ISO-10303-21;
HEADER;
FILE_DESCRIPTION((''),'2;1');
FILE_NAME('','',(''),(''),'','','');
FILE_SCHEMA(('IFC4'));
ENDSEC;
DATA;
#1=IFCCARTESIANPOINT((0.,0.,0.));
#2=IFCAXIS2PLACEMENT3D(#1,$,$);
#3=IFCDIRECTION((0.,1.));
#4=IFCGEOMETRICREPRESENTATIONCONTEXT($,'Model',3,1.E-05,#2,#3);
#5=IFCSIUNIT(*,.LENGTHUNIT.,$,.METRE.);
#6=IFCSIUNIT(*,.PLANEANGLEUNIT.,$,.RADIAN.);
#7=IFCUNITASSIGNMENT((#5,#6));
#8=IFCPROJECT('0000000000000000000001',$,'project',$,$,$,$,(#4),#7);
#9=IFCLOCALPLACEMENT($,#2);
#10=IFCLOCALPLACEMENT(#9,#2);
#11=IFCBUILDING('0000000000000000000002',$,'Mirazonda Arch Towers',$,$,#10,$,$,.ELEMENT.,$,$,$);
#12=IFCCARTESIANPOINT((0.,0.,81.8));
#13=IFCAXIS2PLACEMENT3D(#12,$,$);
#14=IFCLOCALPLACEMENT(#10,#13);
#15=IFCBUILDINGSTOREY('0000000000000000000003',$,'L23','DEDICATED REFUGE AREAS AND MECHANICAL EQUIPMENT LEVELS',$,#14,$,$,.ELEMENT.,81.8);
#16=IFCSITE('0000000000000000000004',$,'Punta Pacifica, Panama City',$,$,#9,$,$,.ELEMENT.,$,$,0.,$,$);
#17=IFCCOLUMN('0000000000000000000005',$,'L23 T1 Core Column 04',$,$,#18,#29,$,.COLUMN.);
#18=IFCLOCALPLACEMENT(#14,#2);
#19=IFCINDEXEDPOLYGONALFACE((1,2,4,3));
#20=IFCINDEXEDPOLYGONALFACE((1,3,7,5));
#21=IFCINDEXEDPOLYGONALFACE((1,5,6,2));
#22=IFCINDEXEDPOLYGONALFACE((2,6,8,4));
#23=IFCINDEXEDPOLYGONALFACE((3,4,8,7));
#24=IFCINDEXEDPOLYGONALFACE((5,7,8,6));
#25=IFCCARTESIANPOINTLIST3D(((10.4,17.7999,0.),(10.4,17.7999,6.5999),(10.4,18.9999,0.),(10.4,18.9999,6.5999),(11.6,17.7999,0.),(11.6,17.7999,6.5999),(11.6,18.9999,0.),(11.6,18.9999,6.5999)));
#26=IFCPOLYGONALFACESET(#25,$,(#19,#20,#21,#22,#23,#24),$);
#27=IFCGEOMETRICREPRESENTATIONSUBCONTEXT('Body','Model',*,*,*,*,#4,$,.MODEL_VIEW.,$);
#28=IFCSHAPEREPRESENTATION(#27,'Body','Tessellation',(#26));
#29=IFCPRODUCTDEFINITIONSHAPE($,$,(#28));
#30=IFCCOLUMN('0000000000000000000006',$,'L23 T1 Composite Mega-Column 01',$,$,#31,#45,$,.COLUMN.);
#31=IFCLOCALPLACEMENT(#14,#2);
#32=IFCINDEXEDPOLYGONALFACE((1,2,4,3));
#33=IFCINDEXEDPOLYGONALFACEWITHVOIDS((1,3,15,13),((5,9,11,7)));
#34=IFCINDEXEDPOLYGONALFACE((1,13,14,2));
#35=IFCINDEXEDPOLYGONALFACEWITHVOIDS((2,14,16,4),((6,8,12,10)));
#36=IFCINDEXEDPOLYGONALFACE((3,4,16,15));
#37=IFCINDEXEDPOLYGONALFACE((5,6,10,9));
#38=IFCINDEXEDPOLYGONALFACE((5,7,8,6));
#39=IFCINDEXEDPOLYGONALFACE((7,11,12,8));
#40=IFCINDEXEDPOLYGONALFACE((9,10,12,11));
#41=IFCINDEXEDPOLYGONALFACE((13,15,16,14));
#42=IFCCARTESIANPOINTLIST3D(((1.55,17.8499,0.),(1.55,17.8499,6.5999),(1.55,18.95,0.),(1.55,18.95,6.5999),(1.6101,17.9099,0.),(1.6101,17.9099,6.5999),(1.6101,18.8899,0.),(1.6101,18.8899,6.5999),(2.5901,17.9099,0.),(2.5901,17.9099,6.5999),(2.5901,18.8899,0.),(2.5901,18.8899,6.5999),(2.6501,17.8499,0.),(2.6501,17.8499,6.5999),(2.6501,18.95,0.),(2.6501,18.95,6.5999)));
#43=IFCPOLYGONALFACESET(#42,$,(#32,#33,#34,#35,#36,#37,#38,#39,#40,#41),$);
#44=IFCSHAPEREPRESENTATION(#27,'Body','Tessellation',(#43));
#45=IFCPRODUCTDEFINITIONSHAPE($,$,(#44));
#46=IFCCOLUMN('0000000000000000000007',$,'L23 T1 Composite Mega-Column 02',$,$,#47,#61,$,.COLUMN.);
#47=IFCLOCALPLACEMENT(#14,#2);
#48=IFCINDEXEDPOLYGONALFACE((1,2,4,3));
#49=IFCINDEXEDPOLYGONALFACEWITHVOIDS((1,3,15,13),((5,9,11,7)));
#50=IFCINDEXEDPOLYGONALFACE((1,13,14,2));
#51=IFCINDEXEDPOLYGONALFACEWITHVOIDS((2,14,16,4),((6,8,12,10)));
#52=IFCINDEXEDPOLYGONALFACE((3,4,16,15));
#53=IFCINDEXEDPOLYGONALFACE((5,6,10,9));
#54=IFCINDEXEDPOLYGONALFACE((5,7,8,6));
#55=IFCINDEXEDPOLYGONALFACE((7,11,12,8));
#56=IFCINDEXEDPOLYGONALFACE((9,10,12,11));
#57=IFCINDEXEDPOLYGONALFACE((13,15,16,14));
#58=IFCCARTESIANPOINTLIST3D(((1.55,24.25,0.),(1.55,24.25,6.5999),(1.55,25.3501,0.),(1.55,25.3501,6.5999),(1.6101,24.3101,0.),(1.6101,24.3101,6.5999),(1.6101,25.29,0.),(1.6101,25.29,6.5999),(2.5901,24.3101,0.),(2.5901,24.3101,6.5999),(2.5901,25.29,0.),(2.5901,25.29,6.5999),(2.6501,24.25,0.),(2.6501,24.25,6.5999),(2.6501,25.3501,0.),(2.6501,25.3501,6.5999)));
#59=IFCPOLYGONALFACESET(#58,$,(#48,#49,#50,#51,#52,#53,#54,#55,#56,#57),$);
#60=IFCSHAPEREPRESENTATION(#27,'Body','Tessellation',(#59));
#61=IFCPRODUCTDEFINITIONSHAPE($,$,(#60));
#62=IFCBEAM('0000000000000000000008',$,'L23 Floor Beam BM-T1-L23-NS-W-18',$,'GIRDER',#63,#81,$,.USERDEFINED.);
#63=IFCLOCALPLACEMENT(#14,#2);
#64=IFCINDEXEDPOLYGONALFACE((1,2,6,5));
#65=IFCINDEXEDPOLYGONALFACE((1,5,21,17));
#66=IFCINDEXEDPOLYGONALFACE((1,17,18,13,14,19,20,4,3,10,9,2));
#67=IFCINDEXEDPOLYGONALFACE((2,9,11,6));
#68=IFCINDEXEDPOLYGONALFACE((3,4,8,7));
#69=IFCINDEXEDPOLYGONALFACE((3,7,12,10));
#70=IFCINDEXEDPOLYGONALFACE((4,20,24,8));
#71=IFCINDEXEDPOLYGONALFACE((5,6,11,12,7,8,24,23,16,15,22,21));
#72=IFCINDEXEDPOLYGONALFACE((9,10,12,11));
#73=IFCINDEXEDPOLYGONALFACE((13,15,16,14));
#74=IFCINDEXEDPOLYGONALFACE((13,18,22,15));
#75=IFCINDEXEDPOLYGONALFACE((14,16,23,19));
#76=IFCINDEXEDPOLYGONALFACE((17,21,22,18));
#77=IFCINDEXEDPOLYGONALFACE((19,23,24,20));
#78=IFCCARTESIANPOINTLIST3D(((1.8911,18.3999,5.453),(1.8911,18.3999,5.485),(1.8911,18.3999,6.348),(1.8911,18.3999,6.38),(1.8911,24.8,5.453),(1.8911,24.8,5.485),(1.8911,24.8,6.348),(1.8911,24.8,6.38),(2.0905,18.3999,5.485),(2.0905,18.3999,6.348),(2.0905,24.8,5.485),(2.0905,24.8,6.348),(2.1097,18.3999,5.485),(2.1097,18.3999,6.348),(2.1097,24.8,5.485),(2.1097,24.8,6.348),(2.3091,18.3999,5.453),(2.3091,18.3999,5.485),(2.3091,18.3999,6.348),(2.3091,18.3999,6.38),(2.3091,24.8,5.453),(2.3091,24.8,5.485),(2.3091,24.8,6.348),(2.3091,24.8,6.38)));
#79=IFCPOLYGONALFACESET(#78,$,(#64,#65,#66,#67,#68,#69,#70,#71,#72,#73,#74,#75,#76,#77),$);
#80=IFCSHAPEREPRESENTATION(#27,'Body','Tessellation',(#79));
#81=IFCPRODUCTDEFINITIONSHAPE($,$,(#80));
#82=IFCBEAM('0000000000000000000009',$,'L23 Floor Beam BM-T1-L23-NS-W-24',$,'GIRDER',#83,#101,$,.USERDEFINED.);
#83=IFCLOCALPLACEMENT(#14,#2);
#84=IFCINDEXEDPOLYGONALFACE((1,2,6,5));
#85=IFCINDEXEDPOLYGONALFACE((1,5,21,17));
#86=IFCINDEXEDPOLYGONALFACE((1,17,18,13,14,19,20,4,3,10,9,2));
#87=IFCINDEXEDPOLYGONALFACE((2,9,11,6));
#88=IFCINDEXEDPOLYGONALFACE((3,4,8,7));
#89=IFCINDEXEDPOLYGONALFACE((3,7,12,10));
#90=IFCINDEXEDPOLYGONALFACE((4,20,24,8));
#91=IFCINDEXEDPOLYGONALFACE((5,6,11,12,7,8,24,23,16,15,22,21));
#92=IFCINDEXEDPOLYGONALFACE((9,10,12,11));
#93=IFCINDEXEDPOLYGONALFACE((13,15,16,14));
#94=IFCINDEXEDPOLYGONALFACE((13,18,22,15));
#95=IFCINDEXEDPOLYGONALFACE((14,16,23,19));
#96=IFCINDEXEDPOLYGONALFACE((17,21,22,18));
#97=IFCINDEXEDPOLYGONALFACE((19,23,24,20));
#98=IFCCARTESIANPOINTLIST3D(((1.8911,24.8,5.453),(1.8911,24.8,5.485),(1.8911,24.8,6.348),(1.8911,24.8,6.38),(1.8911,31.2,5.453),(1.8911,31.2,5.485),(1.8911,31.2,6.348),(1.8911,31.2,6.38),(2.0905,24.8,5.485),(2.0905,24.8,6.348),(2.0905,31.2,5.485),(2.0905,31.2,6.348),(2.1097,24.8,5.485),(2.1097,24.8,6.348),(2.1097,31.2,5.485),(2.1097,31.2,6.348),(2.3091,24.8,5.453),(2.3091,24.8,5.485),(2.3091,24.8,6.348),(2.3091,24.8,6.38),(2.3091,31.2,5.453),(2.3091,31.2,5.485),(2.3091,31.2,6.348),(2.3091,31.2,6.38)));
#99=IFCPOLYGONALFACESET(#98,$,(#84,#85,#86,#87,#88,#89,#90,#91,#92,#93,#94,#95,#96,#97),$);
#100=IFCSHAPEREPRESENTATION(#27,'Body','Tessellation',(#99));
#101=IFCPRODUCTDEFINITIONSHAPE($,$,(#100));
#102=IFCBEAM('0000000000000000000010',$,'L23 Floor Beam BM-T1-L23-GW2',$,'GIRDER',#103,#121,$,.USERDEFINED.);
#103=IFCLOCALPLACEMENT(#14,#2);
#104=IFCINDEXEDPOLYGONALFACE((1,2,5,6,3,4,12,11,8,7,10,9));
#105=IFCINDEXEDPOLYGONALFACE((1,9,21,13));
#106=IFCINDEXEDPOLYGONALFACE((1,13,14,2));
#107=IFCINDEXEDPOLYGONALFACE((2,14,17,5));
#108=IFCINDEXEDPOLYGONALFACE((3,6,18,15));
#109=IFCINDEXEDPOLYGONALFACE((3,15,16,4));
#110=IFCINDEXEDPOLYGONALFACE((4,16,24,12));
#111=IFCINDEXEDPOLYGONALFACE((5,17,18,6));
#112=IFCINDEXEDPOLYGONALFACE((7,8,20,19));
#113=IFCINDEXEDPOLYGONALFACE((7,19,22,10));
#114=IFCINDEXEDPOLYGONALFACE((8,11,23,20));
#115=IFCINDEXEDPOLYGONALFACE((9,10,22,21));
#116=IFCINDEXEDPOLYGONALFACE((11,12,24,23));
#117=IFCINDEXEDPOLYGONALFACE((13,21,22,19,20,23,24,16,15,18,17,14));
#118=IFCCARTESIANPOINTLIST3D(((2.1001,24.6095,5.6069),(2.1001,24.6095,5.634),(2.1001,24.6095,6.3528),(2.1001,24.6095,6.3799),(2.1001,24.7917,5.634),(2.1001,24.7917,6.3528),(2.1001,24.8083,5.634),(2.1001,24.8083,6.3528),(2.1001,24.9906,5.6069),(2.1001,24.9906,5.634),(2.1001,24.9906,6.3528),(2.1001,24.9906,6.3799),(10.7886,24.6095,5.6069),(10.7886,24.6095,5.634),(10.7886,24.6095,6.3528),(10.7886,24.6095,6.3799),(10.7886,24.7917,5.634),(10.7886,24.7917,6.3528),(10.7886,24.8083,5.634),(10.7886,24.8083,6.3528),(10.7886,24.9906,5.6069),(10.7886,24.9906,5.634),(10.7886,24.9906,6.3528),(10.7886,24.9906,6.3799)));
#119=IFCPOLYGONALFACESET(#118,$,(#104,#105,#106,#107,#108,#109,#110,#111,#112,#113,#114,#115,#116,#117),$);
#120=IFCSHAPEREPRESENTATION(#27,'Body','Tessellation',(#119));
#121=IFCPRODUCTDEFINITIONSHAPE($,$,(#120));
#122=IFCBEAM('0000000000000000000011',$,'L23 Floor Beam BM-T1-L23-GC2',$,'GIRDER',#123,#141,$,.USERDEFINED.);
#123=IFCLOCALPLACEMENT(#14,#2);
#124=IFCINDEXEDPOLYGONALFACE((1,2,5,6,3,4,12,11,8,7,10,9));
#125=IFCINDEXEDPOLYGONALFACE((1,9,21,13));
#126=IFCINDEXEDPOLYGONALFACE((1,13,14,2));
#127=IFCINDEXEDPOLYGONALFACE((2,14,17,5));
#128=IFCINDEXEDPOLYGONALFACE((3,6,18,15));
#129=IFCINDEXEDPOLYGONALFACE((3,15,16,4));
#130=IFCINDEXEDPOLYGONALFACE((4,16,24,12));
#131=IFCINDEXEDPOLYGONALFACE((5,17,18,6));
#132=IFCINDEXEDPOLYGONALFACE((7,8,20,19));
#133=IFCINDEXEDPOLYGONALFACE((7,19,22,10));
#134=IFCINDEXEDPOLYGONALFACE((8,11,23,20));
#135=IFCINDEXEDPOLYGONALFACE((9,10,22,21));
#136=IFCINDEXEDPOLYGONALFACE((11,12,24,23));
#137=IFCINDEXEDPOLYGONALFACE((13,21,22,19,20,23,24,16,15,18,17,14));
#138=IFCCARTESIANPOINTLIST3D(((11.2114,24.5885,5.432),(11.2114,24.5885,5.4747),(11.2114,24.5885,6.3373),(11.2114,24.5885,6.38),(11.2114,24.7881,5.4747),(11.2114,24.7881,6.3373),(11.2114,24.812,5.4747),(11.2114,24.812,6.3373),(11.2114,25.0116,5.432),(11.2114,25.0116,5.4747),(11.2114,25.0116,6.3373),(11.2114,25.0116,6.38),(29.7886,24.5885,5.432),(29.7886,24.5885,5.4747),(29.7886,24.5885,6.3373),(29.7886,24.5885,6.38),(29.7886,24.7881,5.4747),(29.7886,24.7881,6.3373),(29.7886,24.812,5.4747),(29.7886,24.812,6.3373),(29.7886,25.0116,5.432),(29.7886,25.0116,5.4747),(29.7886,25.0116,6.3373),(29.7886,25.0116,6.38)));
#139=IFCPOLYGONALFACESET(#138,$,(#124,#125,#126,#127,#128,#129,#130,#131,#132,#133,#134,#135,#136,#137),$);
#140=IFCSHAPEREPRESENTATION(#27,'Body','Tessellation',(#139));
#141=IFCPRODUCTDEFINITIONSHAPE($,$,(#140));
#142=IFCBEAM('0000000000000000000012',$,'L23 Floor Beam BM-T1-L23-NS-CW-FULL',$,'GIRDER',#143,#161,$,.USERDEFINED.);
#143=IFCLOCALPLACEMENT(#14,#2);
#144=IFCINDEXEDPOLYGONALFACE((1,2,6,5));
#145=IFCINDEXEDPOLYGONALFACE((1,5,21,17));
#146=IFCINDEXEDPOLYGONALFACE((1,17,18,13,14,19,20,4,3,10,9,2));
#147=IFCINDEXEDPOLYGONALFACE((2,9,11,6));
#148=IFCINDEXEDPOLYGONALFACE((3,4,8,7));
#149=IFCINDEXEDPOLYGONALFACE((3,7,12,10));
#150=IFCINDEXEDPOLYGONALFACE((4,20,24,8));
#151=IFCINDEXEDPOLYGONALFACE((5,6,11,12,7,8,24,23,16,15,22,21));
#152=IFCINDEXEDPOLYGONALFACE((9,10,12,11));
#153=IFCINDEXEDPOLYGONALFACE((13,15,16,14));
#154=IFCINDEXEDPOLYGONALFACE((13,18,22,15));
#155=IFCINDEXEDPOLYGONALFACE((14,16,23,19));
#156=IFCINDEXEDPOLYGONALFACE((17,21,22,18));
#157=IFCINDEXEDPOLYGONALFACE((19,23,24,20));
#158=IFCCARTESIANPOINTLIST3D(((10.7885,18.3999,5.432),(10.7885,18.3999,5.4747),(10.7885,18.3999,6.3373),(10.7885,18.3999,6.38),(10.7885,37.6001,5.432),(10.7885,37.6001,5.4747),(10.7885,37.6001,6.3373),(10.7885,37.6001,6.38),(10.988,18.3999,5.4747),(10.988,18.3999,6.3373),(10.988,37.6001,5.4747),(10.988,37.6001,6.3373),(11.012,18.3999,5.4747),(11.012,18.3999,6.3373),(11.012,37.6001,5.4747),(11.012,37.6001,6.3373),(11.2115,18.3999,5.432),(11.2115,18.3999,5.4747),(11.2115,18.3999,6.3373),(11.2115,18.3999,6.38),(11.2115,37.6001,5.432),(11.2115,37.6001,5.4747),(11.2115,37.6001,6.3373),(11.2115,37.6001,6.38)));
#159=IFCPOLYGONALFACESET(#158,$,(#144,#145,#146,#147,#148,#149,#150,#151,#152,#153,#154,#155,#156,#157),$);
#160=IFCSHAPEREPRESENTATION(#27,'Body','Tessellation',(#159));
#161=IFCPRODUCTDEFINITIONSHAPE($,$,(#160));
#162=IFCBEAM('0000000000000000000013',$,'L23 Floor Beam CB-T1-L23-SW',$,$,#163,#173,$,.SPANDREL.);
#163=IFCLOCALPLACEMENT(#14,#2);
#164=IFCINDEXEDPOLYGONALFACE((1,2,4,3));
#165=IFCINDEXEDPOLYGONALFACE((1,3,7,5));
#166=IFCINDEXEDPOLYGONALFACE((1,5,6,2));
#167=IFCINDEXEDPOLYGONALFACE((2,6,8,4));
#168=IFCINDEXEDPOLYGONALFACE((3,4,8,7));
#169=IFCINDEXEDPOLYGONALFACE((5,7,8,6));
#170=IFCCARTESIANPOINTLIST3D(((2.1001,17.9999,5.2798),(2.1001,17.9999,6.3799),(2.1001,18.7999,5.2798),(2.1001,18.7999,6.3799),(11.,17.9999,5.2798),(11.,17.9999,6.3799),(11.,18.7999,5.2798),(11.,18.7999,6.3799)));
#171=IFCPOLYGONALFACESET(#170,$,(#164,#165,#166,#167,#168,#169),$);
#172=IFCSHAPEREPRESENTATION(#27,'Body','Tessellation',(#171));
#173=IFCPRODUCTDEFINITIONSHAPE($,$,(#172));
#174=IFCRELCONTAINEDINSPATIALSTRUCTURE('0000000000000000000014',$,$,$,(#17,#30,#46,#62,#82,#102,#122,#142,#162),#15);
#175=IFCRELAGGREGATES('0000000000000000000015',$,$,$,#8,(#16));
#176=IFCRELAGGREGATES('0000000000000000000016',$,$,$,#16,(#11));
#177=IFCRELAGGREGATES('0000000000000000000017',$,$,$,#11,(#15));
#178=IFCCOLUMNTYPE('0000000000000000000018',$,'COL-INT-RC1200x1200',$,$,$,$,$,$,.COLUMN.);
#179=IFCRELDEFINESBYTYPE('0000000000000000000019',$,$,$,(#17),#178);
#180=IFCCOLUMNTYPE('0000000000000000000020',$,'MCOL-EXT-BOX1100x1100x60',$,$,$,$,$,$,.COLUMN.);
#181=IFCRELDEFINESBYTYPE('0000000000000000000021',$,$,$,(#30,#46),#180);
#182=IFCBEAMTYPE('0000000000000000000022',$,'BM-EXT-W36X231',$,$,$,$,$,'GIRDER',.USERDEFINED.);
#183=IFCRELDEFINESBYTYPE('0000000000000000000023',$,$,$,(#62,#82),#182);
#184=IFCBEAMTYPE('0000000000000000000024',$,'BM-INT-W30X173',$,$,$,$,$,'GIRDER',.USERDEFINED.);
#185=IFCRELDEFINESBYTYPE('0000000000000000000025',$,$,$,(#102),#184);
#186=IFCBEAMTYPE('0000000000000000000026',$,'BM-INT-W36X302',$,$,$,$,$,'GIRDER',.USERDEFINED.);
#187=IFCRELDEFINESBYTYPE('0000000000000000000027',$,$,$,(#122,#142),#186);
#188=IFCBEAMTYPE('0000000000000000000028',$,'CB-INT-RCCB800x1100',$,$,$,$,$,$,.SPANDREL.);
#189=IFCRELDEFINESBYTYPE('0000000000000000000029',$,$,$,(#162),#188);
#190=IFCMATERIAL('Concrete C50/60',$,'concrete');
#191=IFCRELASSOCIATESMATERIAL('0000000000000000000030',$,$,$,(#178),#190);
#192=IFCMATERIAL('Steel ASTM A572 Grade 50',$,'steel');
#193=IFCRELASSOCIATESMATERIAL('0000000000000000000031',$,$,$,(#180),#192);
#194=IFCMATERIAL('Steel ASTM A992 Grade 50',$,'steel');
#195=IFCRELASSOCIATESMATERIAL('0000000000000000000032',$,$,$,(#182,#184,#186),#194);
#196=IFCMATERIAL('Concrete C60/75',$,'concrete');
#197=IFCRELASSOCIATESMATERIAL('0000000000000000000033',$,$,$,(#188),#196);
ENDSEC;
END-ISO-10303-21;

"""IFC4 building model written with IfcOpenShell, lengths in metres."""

from ifc_helpers import new_model, si_unit, direction, frame, origin, origin_2d, place, context, subcontext, project, spatial, rectangle, hollow_rectangle, i_section, extrude, material, material_profile, profile_set, type_object, element, save


model = new_model("IFC4")

# Units and contexts
model_context = context("Model", 3, precision=1e-05, world=origin(), true_north=direction((0.0, 1.0)))
body_context = subcontext(model_context, "Body", "Model", "MODEL_VIEW")
ifc_project = project(units=[si_unit("LENGTHUNIT", "METRE"), si_unit("PLANEANGLEUNIT", "RADIAN")], contexts=[model_context])

# Site, building, storey
site_placement = place(None, origin())
site = spatial("IfcSite", under=ifc_project, at=site_placement, Name="Punta Pacifica, Panama City", CompositionType="ELEMENT", RefElevation=0.0)
building_placement = place(site_placement, origin())
building = spatial("IfcBuilding", under=site, at=building_placement, Name="Mirazonda Arch Towers", CompositionType="ELEMENT")
storey_placement = place(building_placement, frame((0.0, 0.0, 81.8)))
storey = spatial("IfcBuildingStorey", under=building, at=storey_placement, Name="L23", Description="DEDICATED REFUGE AREAS AND MECHANICAL EQUIPMENT LEVELS", CompositionType="ELEMENT", Elevation=81.8)

# Columns
ifc_material_1 = material(Name="Concrete C50/60", Category="concrete")
ifc_material_profile_1 = material_profile(ifc_material_1, rectangle(XDim=1.2, YDim=1.2, at=origin_2d()), Name="RC1200x1200")
ifc_profile_set_1 = profile_set([ifc_material_profile_1], Name="Concrete C50/60")
column_type_1 = type_object("IfcColumnType", Name="COL-INT-RC1200x1200", PredefinedType="COLUMN", material=ifc_profile_set_1)
column_placement = place(storey_placement, frame((11.0, 18.3999, 0.0), z_axis=(0.0, 0.0, 1.0), x_axis=(1.0, 0.0, 0.0)))
element("IfcColumn", 1, at=column_placement, inside=storey, type_object=column_type_1, Name="L23 T1 Core Column 04", PredefinedType="COLUMN", context=body_context, shape_type="SweptSolid", body=[
    extrude(rectangle(XDim=1.2, YDim=1.2, at=origin_2d()), origin(), (0.0, 0.0, 1.0), 6.5999),
])
ifc_material_2 = material(Name="Steel ASTM A572 Grade 50", Category="steel")
ifc_material_profile_2 = material_profile(ifc_material_2, hollow_rectangle(XDim=1.1001, YDim=1.1001, WallThickness=0.0601, at=origin_2d()), Name="BOX1100x1100x60")
ifc_profile_set_2 = profile_set([ifc_material_profile_2], Name="Steel ASTM A572 Grade 50")
column_type_2 = type_object("IfcColumnType", Name="MCOL-EXT-BOX1100x1100x60", PredefinedType="COLUMN", material=ifc_profile_set_2)
for number, where, z_axis, x_axis, name in (
    (2, (2.1001, 18.3999, 0.0), (0.0, 0.0, 1.0), (1.0, 0.0, 0.0), "L23 T1 Composite Mega-Column 01"),
    (3, (2.1001, 24.8, 0.0), (0.0, 0.0, 1.0), (1.0, 0.0, 0.0), "L23 T1 Composite Mega-Column 02"),
):
    element("IfcColumn", number, at=place(storey_placement, frame(where, z_axis=z_axis, x_axis=x_axis)), inside=storey, type_object=column_type_2, Name=name, PredefinedType="COLUMN", context=body_context, shape_type="SweptSolid", body=[
        extrude(hollow_rectangle(XDim=1.1001, YDim=1.1001, WallThickness=0.0601, at=origin_2d()), origin(), (0.0, 0.0, 1.0), 6.5999),
    ])

# Beams
ifc_material_3 = material(Name="Steel ASTM A992 Grade 50", Category="steel")
ifc_material_profile_3 = material_profile(ifc_material_3, i_section(OverallWidth=0.418, OverallDepth=0.927, WebThickness=0.0193, FlangeThickness=0.032, at=origin_2d()), Name="W36X231")
ifc_profile_set_3 = profile_set([ifc_material_profile_3], Name="Steel ASTM A992 Grade 50")
beam_type_1 = type_object("IfcBeamType", Name="BM-EXT-W36X231", ElementType="GIRDER", PredefinedType="USERDEFINED", material=ifc_profile_set_3)
beam_1_placement = place(storey_placement, frame((2.1001, 18.3999, 5.9165), z_axis=(0.0, 1.0, 0.0), x_axis=(-1.0, 0.0, 0.0)))
element("IfcBeam", 4, at=beam_1_placement, inside=storey, type_object=beam_type_1, Name="L23 Floor Beam BM-T1-L23-NS-W-18", ObjectType="GIRDER", PredefinedType="USERDEFINED", context=body_context, shape_type="SweptSolid", body=[
    extrude(i_section(OverallWidth=0.418, OverallDepth=0.927, WebThickness=0.0193, FlangeThickness=0.032, at=origin_2d()), origin(), (0.0, 0.0, 1.0), 6.4001),
])
beam_2_placement = place(storey_placement, frame((2.1001, 24.8, 5.9165), z_axis=(0.0, 1.0, 0.0), x_axis=(-1.0, 0.0, 0.0)))
element("IfcBeam", 5, at=beam_2_placement, inside=storey, type_object=beam_type_1, Name="L23 Floor Beam BM-T1-L23-NS-W-24", ObjectType="GIRDER", PredefinedType="USERDEFINED", context=body_context, shape_type="SweptSolid", body=[
    extrude(i_section(OverallWidth=0.418, OverallDepth=0.927, WebThickness=0.0193, FlangeThickness=0.032, at=origin_2d()), origin(), (0.0, 0.0, 1.0), 6.3999),
])
ifc_material_profile_4 = material_profile(ifc_material_3, i_section(OverallWidth=0.3811, OverallDepth=0.7729, WebThickness=0.0166, FlangeThickness=0.0271, at=origin_2d()), Name="W30X173")
ifc_profile_set_4 = profile_set([ifc_material_profile_4], Name="Steel ASTM A992 Grade 50")
beam_type_2 = type_object("IfcBeamType", Name="BM-INT-W30X173", ElementType="GIRDER", PredefinedType="USERDEFINED", material=ifc_profile_set_4)
beam_3_placement = place(storey_placement, frame((2.1001, 24.8, 5.9934), z_axis=(1.0, 0.0, 0.0), x_axis=(0.0, 1.0, 0.0)))
element("IfcBeam", 6, at=beam_3_placement, inside=storey, type_object=beam_type_2, Name="L23 Floor Beam BM-T1-L23-GW2", ObjectType="GIRDER", PredefinedType="USERDEFINED", context=body_context, shape_type="SweptSolid", body=[
    extrude(i_section(OverallWidth=0.3811, OverallDepth=0.7729, WebThickness=0.0166, FlangeThickness=0.0271, at=origin_2d()), origin(), (0.0, 0.0, 1.0), 8.6885),
])
ifc_material_profile_5 = material_profile(ifc_material_3, i_section(OverallWidth=0.4231, OverallDepth=0.948, WebThickness=0.0239, FlangeThickness=0.0427, at=origin_2d()), Name="W36X302")
ifc_profile_set_5 = profile_set([ifc_material_profile_5], Name="Steel ASTM A992 Grade 50")
beam_type_3 = type_object("IfcBeamType", Name="BM-INT-W36X302", ElementType="GIRDER", PredefinedType="USERDEFINED", material=ifc_profile_set_5)
beam_4_placement = place(storey_placement, frame((11.2114, 24.8, 5.906), z_axis=(1.0, 0.0, 0.0), x_axis=(0.0, 1.0, 0.0)))
element("IfcBeam", 7, at=beam_4_placement, inside=storey, type_object=beam_type_3, Name="L23 Floor Beam BM-T1-L23-GC2", ObjectType="GIRDER", PredefinedType="USERDEFINED", context=body_context, shape_type="SweptSolid", body=[
    extrude(i_section(OverallWidth=0.4231, OverallDepth=0.948, WebThickness=0.0239, FlangeThickness=0.0427, at=origin_2d()), origin(), (0.0, 0.0, 1.0), 18.5771),
])
beam_5_placement = place(storey_placement, frame((11.0, 18.3999, 5.906), z_axis=(0.0, 1.0, 0.0), x_axis=(-1.0, 0.0, 0.0)))
element("IfcBeam", 8, at=beam_5_placement, inside=storey, type_object=beam_type_3, Name="L23 Floor Beam BM-T1-L23-NS-CW-FULL", ObjectType="GIRDER", PredefinedType="USERDEFINED", context=body_context, shape_type="SweptSolid", body=[
    extrude(i_section(OverallWidth=0.4231, OverallDepth=0.948, WebThickness=0.0239, FlangeThickness=0.0427, at=origin_2d()), origin(), (0.0, 0.0, 1.0), 19.2002),
])
ifc_material_4 = material(Name="Concrete C60/75", Category="concrete")
ifc_material_profile_6 = material_profile(ifc_material_4, rectangle(XDim=0.8, YDim=1.1001, at=origin_2d()), Name="RCCB800x1100")
ifc_profile_set_6 = profile_set([ifc_material_profile_6], Name="Concrete C60/75")
beam_type_4 = type_object("IfcBeamType", Name="CB-INT-RCCB800x1100", PredefinedType="SPANDREL", material=ifc_profile_set_6)
beam_6_placement = place(storey_placement, frame((2.1001, 18.3999, 5.8298), z_axis=(1.0, 0.0, 0.0), x_axis=(0.0, 1.0, 0.0)))
element("IfcBeam", 9, at=beam_6_placement, inside=storey, type_object=beam_type_4, Name="L23 Floor Beam CB-T1-L23-SW", PredefinedType="SPANDREL", context=body_context, shape_type="SweptSolid", body=[
    extrude(rectangle(XDim=0.8, YDim=1.1001, at=origin_2d()), origin(), (0.0, 0.0, 1.0), 8.8999),
])

save(model, "model.ifc")
